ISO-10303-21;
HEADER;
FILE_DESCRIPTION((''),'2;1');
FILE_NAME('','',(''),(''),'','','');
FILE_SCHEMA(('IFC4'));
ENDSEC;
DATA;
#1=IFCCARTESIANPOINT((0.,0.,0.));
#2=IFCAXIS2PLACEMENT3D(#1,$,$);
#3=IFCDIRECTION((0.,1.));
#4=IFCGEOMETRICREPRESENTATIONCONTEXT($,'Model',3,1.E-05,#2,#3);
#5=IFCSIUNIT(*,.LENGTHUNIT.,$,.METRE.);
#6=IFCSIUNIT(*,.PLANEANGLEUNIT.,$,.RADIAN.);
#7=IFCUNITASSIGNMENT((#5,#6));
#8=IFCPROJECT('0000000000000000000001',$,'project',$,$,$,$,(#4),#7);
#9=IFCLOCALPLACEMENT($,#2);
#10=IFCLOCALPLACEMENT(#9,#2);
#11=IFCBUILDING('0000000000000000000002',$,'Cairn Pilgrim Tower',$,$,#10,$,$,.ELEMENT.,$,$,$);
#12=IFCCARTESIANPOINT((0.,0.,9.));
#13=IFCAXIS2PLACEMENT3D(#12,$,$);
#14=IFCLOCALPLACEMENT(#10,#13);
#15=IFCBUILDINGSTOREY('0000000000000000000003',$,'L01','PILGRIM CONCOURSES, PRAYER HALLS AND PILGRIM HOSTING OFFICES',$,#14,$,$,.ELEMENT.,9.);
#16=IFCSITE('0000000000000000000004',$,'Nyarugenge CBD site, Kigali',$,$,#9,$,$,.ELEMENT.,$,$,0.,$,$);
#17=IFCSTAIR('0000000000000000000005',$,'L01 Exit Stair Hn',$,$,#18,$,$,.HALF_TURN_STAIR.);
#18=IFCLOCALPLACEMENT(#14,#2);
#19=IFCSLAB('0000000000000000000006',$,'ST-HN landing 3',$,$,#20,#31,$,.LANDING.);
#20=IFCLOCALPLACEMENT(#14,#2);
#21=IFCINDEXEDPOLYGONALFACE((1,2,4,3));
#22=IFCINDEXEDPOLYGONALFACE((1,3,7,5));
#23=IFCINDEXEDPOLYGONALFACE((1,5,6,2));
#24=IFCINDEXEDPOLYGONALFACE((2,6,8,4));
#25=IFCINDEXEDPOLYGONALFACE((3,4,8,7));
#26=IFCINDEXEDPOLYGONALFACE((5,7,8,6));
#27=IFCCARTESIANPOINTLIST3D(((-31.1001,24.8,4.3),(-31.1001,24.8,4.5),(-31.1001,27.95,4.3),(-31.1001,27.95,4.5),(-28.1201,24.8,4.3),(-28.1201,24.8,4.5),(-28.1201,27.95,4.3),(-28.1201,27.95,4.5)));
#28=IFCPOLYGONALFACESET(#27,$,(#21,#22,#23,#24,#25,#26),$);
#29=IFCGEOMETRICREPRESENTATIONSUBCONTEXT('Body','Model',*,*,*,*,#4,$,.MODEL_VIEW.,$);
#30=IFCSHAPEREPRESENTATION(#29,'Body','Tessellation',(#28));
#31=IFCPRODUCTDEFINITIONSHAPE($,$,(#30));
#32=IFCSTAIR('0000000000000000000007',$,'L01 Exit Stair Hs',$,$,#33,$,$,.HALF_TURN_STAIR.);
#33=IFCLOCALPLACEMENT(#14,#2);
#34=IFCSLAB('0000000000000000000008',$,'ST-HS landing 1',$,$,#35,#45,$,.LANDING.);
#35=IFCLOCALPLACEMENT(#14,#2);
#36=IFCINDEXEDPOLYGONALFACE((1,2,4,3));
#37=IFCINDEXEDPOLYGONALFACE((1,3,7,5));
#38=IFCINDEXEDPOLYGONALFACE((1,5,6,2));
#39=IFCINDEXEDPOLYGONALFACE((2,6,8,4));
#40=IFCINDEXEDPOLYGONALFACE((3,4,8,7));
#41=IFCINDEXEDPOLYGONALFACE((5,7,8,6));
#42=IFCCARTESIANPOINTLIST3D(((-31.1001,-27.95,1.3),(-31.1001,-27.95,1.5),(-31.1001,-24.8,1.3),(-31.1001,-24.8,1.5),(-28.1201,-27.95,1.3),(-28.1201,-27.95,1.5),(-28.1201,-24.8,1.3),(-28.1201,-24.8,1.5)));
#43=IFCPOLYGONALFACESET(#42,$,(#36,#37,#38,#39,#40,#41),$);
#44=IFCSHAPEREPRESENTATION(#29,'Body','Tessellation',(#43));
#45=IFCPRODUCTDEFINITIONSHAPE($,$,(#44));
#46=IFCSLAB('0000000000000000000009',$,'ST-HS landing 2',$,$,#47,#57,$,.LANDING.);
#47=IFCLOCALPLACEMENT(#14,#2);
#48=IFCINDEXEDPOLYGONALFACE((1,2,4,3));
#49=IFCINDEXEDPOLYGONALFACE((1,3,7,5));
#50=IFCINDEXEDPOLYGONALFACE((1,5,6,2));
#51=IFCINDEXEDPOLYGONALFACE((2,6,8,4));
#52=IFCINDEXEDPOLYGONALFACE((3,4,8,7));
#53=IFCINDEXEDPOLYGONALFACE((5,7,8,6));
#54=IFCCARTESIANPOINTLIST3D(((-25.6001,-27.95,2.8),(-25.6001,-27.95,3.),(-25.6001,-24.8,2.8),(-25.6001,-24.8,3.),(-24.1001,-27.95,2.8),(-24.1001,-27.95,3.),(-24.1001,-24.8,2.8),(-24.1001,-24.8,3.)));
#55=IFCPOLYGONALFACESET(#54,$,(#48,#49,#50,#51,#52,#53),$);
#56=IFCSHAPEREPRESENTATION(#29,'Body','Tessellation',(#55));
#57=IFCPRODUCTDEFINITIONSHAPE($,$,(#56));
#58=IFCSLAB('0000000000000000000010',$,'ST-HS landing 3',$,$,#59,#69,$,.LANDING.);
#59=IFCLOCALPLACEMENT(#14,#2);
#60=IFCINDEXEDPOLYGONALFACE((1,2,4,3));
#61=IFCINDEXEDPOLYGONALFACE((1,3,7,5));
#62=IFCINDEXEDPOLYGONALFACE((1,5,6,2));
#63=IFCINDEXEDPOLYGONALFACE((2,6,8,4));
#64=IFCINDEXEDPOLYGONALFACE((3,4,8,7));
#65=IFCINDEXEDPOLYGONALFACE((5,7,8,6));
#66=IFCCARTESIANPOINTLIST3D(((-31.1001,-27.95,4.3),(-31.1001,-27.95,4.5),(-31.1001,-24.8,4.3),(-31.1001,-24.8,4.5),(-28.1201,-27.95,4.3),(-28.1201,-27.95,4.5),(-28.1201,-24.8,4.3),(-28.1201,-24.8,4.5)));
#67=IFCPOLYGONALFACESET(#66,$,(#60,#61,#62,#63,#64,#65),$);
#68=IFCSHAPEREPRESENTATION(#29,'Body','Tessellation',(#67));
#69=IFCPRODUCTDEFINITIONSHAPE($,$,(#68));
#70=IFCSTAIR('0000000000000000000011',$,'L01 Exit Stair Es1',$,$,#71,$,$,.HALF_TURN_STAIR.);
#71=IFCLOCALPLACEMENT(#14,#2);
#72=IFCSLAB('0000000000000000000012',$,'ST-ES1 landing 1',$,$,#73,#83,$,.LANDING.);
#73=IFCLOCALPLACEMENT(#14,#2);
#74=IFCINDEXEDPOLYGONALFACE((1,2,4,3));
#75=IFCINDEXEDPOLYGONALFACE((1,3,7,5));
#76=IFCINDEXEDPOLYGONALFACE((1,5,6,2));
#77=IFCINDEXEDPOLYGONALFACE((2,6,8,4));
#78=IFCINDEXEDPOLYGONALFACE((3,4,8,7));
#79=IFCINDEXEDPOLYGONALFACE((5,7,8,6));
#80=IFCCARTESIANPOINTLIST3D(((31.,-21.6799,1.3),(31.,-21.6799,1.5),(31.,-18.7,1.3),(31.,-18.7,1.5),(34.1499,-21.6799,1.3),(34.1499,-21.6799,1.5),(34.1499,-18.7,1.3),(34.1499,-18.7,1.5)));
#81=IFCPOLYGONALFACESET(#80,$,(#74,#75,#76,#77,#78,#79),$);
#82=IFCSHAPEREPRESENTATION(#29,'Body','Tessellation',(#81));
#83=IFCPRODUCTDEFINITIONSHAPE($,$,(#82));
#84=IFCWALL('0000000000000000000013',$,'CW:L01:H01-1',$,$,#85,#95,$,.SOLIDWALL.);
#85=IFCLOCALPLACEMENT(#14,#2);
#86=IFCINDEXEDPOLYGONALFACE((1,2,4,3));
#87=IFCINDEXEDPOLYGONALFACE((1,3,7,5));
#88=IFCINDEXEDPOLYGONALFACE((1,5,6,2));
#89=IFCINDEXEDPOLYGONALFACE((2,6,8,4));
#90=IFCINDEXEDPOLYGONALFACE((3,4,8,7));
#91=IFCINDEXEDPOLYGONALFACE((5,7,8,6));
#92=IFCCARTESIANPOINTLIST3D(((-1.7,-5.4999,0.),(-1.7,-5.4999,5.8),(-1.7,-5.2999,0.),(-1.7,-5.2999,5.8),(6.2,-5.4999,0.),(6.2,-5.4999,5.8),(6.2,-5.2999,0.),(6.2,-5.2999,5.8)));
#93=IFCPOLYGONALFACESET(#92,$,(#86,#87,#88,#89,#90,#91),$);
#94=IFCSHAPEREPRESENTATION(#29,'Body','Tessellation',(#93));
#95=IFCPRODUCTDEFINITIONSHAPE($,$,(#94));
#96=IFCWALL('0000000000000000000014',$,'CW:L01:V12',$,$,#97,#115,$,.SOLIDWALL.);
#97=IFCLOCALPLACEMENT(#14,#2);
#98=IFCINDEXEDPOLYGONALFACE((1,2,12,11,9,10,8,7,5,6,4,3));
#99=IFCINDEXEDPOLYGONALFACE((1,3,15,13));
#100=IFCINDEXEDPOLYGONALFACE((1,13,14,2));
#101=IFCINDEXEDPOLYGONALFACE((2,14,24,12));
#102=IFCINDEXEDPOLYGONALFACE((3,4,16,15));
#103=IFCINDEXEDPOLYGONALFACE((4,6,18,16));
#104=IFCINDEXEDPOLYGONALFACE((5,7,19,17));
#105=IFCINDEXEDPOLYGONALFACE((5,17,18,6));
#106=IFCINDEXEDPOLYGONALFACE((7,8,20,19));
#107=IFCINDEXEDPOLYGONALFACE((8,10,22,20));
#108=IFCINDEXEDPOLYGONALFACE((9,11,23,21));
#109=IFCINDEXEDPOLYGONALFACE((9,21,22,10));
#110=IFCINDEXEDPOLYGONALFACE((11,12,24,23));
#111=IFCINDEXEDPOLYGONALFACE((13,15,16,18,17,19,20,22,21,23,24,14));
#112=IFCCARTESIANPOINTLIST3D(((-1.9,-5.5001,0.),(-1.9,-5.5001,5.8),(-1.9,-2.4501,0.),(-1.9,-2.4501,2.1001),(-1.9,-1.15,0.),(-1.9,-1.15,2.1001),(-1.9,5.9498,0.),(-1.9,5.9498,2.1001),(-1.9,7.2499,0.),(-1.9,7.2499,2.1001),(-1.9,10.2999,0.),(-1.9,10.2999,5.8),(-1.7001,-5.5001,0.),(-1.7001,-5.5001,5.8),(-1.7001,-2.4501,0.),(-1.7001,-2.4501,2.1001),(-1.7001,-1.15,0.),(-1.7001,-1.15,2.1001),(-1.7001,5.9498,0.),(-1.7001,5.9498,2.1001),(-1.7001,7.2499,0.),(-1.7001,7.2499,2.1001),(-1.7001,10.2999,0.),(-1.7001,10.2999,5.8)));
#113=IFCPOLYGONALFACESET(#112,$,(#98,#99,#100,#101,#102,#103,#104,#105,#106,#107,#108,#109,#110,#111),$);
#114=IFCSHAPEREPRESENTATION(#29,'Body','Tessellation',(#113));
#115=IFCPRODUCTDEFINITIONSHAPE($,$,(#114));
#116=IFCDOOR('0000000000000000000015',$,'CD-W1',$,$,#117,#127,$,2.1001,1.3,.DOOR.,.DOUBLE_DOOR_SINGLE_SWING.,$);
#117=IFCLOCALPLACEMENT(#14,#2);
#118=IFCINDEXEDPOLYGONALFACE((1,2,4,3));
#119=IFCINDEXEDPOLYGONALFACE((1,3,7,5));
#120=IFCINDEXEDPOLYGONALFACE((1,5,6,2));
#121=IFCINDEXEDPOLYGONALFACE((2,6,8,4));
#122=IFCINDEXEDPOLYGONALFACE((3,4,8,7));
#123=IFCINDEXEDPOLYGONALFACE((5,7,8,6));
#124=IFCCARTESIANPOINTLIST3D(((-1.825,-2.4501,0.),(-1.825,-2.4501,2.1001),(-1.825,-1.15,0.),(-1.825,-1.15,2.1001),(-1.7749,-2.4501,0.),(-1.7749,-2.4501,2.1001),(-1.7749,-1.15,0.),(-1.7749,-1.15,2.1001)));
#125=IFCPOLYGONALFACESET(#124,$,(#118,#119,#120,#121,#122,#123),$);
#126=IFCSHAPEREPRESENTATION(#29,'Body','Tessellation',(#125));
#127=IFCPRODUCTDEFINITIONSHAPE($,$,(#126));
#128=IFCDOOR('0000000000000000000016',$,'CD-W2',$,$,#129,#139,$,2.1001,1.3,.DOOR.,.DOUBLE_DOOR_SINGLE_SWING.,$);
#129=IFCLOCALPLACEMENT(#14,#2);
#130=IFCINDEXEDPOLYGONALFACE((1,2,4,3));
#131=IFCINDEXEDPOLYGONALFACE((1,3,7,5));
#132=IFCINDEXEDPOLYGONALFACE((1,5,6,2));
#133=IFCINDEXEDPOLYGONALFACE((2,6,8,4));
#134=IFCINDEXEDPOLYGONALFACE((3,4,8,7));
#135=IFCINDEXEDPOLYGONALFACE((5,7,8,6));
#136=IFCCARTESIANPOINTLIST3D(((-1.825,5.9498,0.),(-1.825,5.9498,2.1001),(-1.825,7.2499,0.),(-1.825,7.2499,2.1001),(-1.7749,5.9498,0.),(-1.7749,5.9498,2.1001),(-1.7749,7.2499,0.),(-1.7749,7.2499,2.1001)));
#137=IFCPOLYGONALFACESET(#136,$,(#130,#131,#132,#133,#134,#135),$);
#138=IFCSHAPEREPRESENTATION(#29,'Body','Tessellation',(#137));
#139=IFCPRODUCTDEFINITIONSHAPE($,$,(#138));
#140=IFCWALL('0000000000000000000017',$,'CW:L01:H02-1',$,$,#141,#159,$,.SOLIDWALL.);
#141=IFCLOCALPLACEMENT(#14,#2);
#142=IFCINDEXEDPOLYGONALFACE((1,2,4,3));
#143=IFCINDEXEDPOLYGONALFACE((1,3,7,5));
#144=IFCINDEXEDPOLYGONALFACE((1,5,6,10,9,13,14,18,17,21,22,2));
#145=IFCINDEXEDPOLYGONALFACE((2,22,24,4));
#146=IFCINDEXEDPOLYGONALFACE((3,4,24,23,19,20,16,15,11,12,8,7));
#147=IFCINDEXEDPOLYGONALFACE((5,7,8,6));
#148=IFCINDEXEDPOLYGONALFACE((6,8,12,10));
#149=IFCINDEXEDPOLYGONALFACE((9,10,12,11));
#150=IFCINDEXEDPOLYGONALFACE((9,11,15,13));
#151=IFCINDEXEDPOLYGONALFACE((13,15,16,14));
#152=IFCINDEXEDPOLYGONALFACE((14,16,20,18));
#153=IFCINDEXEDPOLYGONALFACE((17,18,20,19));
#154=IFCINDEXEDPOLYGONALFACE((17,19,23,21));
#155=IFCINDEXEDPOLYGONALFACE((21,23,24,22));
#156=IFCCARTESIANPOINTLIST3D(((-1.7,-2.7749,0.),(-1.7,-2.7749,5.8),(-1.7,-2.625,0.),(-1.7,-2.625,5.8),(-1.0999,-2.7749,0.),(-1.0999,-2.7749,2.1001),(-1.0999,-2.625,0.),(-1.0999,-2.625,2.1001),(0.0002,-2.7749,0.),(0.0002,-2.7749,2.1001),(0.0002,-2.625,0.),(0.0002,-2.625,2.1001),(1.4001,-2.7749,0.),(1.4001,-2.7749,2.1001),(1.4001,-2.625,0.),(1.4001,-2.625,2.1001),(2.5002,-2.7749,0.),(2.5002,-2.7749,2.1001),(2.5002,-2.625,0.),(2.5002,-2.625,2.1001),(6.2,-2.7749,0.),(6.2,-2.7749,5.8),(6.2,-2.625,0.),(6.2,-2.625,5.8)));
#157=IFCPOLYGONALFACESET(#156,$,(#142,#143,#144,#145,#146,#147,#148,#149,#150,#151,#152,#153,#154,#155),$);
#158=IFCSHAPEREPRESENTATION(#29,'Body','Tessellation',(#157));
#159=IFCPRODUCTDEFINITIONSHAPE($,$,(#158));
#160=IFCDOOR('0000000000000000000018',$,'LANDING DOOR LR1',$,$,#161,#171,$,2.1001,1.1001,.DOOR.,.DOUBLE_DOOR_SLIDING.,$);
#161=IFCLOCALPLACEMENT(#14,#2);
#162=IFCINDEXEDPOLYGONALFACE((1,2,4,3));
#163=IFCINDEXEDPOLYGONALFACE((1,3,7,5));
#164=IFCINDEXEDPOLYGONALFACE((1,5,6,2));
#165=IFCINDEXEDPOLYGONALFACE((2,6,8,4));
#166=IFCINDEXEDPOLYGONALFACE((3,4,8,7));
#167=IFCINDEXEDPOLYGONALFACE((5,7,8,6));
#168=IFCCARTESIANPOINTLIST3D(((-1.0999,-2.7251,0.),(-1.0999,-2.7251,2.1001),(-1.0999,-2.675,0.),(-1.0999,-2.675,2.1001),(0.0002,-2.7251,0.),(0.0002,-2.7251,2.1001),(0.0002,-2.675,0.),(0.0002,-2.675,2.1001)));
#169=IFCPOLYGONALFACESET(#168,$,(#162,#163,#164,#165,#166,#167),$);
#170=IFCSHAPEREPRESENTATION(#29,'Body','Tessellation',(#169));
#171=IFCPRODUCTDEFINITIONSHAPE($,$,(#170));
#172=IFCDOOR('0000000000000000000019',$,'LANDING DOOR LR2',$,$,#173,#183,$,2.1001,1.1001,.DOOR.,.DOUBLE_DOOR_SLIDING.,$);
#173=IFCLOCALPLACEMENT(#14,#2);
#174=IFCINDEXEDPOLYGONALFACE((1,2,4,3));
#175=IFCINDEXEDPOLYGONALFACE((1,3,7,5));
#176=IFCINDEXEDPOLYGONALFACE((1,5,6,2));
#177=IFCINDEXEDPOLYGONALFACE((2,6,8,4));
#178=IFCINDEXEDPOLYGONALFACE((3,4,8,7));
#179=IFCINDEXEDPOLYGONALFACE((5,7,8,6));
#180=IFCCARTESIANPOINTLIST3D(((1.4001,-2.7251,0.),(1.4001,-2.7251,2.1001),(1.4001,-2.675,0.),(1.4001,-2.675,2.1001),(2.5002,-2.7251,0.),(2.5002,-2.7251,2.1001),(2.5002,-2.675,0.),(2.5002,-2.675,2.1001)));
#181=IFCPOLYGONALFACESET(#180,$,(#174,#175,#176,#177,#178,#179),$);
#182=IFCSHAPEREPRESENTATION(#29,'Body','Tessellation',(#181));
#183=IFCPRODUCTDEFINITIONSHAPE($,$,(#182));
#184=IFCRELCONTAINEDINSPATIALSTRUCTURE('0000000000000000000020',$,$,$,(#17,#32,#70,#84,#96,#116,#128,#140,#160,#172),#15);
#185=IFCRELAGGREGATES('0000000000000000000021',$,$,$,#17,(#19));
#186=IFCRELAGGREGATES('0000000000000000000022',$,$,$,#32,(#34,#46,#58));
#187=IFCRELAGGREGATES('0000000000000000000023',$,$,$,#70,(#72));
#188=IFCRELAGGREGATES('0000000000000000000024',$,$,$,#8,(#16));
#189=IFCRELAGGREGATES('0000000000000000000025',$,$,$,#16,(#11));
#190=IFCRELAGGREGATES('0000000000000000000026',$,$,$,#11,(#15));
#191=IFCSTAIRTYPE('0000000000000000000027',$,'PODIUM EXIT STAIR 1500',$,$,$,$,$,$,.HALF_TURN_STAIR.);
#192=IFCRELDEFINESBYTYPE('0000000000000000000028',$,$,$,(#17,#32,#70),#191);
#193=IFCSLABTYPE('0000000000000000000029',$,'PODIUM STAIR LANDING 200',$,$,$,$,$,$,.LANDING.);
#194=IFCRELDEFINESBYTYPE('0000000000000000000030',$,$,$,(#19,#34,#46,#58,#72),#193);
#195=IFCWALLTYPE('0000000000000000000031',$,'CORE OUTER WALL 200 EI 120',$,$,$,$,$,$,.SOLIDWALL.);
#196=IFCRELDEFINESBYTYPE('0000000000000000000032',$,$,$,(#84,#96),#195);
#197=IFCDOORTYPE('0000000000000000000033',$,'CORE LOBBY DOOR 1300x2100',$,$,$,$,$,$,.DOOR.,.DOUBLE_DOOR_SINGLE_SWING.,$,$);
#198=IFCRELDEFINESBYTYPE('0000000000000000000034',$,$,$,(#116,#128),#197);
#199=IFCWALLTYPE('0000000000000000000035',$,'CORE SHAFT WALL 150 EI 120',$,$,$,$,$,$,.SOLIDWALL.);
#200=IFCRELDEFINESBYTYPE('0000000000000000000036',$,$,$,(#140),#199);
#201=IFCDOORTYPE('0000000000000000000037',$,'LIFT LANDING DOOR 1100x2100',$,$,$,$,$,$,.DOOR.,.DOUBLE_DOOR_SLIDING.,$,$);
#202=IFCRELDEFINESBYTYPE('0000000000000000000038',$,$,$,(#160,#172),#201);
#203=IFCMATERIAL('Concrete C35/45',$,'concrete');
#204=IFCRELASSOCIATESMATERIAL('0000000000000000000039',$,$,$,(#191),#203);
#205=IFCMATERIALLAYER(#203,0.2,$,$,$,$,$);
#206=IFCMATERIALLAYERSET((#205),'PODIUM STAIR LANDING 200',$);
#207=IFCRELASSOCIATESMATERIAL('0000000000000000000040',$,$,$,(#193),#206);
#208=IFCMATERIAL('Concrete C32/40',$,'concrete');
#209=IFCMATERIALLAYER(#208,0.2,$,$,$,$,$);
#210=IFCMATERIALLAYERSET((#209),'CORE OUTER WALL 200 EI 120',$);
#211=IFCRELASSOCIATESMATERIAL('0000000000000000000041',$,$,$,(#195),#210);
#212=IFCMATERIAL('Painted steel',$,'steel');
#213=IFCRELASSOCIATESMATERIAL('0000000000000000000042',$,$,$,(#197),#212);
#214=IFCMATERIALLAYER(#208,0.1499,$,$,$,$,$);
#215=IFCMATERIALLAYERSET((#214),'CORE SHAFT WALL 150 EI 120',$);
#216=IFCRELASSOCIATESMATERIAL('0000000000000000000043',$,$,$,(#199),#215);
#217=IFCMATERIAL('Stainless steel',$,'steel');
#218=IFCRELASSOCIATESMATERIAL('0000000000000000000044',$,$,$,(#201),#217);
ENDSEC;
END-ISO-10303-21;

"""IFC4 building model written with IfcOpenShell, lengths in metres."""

from ifc_helpers import new_model, si_unit, direction, frame, frame_2d, origin, place, context, subcontext, project, spatial, polyline, rectangle, outline, extrude, material, layer, layer_set, type_object, element, fill, aggregate, save


model = new_model("IFC4")

# Units and contexts
model_context = context("Model", 3, precision=1e-05, world=origin(), true_north=direction((0.0, 1.0)))
body_context = subcontext(model_context, "Body", "Model", "MODEL_VIEW")
ifc_project = project(units=[si_unit("LENGTHUNIT", "METRE"), si_unit("PLANEANGLEUNIT", "RADIAN")], contexts=[model_context])

# Site, building, storey
site_placement = place(None, origin())
site = spatial("IfcSite", under=ifc_project, at=site_placement, Name="Nyarugenge CBD site, Kigali", CompositionType="ELEMENT", RefElevation=0.0)
building_placement = place(site_placement, origin())
building = spatial("IfcBuilding", under=site, at=building_placement, Name="Cairn Pilgrim Tower", CompositionType="ELEMENT")
storey_placement = place(building_placement, frame((0.0, 0.0, 9.0)))
storey = spatial("IfcBuildingStorey", under=building, at=storey_placement, Name="L01", Description="PILGRIM CONCOURSES, PRAYER HALLS AND PILGRIM HOSTING OFFICES", CompositionType="ELEMENT", Elevation=9.0)

# Shared definitions
ifc_material_1 = material(Name="Concrete C35/45", Category="concrete")

# Stairs, slabs
stair_type = type_object("IfcStairType", Name="PODIUM EXIT STAIR 1500", PredefinedType="HALF_TURN_STAIR", material=ifc_material_1)
stair_1_placement = place(storey_placement, origin())
stair_1 = element("IfcStair", 1, at=stair_1_placement, inside=storey, type_object=stair_type, Name="L01 Exit Stair Hn", PredefinedType="HALF_TURN_STAIR")
ifc_layer_1 = layer(ifc_material_1, 0.2)
ifc_layer_set_1 = layer_set([ifc_layer_1], Name="PODIUM STAIR LANDING 200")
slab_type_1 = type_object("IfcSlabType", Name="PODIUM STAIR LANDING 200", PredefinedType="LANDING", material=ifc_layer_set_1)
slab_1_placement = place(storey_placement, frame((0.0, 0.0, 4.3)))
slab_1 = element("IfcSlab", 2, at=slab_1_placement, type_object=slab_type_1, Name="ST-HN landing 3", PredefinedType="LANDING", context=body_context, shape_type="SweptSolid", body=[
    extrude(outline(polyline([(-28.1201, 27.95), (-31.1001, 27.95), (-31.1001, 24.8), (-28.1201, 24.8), (-28.1201, 27.95)])), origin(), (0.0, 0.0, 1.0), 0.2),
])
aggregate(stair_1, [slab_1])
stair_2_placement = place(storey_placement, origin())
stair_2 = element("IfcStair", 3, at=stair_2_placement, inside=storey, type_object=stair_type, Name="L01 Exit Stair Hs", PredefinedType="HALF_TURN_STAIR")
slab_2_placement = place(storey_placement, frame((0.0, 0.0, 1.3)))
slab_2 = element("IfcSlab", 4, at=slab_2_placement, type_object=slab_type_1, Name="ST-HS landing 1", PredefinedType="LANDING", context=body_context, shape_type="SweptSolid", body=[
    extrude(outline(polyline([(-28.1201, -24.8), (-31.1001, -24.8), (-31.1001, -27.95), (-28.1201, -27.95), (-28.1201, -24.8)])), origin(), (0.0, 0.0, 1.0), 0.2),
])
slab_3_placement = place(storey_placement, frame((0.0, 0.0, 2.8)))
slab_3 = element("IfcSlab", 5, at=slab_3_placement, type_object=slab_type_1, Name="ST-HS landing 2", PredefinedType="LANDING", context=body_context, shape_type="SweptSolid", body=[
    extrude(outline(polyline([(-24.1001, -24.8), (-25.6001, -24.8), (-25.6001, -27.95), (-24.1001, -27.95), (-24.1001, -24.8)])), origin(), (0.0, 0.0, 1.0), 0.2),
])
slab_4_placement = place(storey_placement, frame((0.0, 0.0, 4.3)))
slab_4 = element("IfcSlab", 6, at=slab_4_placement, type_object=slab_type_1, Name="ST-HS landing 3", PredefinedType="LANDING", context=body_context, shape_type="SweptSolid", body=[
    extrude(outline(polyline([(-28.1201, -24.8), (-31.1001, -24.8), (-31.1001, -27.95), (-28.1201, -27.95), (-28.1201, -24.8)])), origin(), (0.0, 0.0, 1.0), 0.2),
])
aggregate(stair_2, [slab_2, slab_3, slab_4])

# Stair, slab
stair_3_placement = place(storey_placement, origin())
stair_3 = element("IfcStair", 7, at=stair_3_placement, inside=storey, type_object=stair_type, Name="L01 Exit Stair Es1", PredefinedType="HALF_TURN_STAIR")
slab_5_placement = place(storey_placement, frame((0.0, 0.0, 1.3)))
slab_5 = element("IfcSlab", 8, at=slab_5_placement, type_object=slab_type_1, Name="ST-ES1 landing 1", PredefinedType="LANDING", context=body_context, shape_type="SweptSolid", body=[
    extrude(outline(polyline([(34.1499, -21.6799), (34.1499, -18.7), (31.0, -18.7), (31.0, -21.6799), (34.1499, -21.6799)])), origin(), (0.0, 0.0, 1.0), 0.2),
])
aggregate(stair_3, [slab_5])

# Wall
ifc_material_2 = material(Name="Concrete C32/40", Category="concrete")
ifc_layer_2 = layer(ifc_material_2, 0.2)
ifc_layer_set_2 = layer_set([ifc_layer_2], Name="CORE OUTER WALL 200 EI 120")
wall_type_1 = type_object("IfcWallType", Name="CORE OUTER WALL 200 EI 120", PredefinedType="SOLIDWALL", material=ifc_layer_set_2)
wall_1_placement = place(storey_placement, frame((-1.7, -5.3999, 0.0), z_axis=(0.0, 0.0, 1.0), x_axis=(1.0, 0.0, 0.0)))
element("IfcWall", 9, at=wall_1_placement, inside=storey, type_object=wall_type_1, Name="CW:L01:H01-1", PredefinedType="SOLIDWALL", context=body_context, shape_type="SweptSolid", body=[
    extrude(rectangle(XDim=7.8999, YDim=0.2, at=frame_2d((3.95, 0.0))), origin(), (0.0, 0.0, 1.0), 5.8),
])

# Walls, openings, doors
wall_2_placement = place(storey_placement, frame((-1.8, -5.5, 0.0), z_axis=(0.0, 0.0, 1.0), x_axis=(0.0, 1.0, 0.0)))
wall_2 = element("IfcWall", 10, at=wall_2_placement, inside=storey, type_object=wall_type_1, Name="CW:L01:V12", PredefinedType="SOLIDWALL", context=body_context, shape_type="SweptSolid", body=[
    extrude(rectangle(XDim=15.8, YDim=0.2, at=frame_2d((7.8999, 0.0))), origin(), (0.0, 0.0, 1.0), 5.8),
])
opening_1_placement = place(wall_2_placement, frame((3.05, 0.0, 0.0)))
opening_1 = element("IfcOpeningElement", 11, at=opening_1_placement, cuts=wall_2, PredefinedType="OPENING", context=body_context, shape_type="SweptSolid", body=[
    extrude(rectangle(XDim=1.3, YDim=2.1001, at=frame_2d((0.6499, 1.05))), frame((0.0, 0.1099, 0.0), z_axis=(0.0, -1.0, 0.0), x_axis=(1.0, 0.0, 0.0)), (0.0, 0.0, 1.0), 0.22),
])
opening_2_placement = place(wall_2_placement, frame((11.45, 0.0, 0.0)))
opening_2 = element("IfcOpeningElement", 12, at=opening_2_placement, cuts=wall_2, PredefinedType="OPENING", context=body_context, shape_type="SweptSolid", body=[
    extrude(rectangle(XDim=1.3, YDim=2.1001, at=frame_2d((0.6499, 1.05))), frame((0.0, 0.1099, 0.0), z_axis=(0.0, -1.0, 0.0), x_axis=(1.0, 0.0, 0.0)), (0.0, 0.0, 1.0), 0.22),
])
ifc_material_3 = material(Name="Painted steel", Category="steel")
door_type_1 = type_object("IfcDoorType", Name="CORE LOBBY DOOR 1300x2100", OperationType="DOUBLE_DOOR_SINGLE_SWING", PredefinedType="DOOR", material=ifc_material_3)
door_1_placement = place(opening_1_placement, origin())
door_1 = element("IfcDoor", 13, at=door_1_placement, inside=storey, type_object=door_type_1, Name="CD-W1", OperationType="DOUBLE_DOOR_SINGLE_SWING", OverallHeight=2.1001, OverallWidth=1.3, PredefinedType="DOOR", context=body_context, shape_type="SweptSolid", body=[
    extrude(rectangle(XDim=1.3, YDim=2.1001, at=frame_2d((0.6499, 1.05))), frame((0.0, 0.0249, 0.0), z_axis=(0.0, -1.0, 0.0), x_axis=(1.0, 0.0, 0.0)), (0.0, 0.0, 1.0), 0.05),
])
fill(opening_1, door_1)
door_2_placement = place(opening_2_placement, origin())
door_2 = element("IfcDoor", 14, at=door_2_placement, inside=storey, type_object=door_type_1, Name="CD-W2", OperationType="DOUBLE_DOOR_SINGLE_SWING", OverallHeight=2.1001, OverallWidth=1.3, PredefinedType="DOOR", context=body_context, shape_type="SweptSolid", body=[
    extrude(rectangle(XDim=1.3, YDim=2.1001, at=frame_2d((0.6499, 1.05))), frame((0.0, 0.0249, 0.0), z_axis=(0.0, -1.0, 0.0), x_axis=(1.0, 0.0, 0.0)), (0.0, 0.0, 1.0), 0.05),
])
fill(opening_2, door_2)
ifc_layer_3 = layer(ifc_material_2, 0.1499)
ifc_layer_set_3 = layer_set([ifc_layer_3], Name="CORE SHAFT WALL 150 EI 120")
wall_type_2 = type_object("IfcWallType", Name="CORE SHAFT WALL 150 EI 120", PredefinedType="SOLIDWALL", material=ifc_layer_set_3)
wall_3_placement = place(storey_placement, frame((-1.7, -2.7, 0.0), z_axis=(0.0, 0.0, 1.0), x_axis=(1.0, 0.0, 0.0)))
wall_3 = element("IfcWall", 15, at=wall_3_placement, inside=storey, type_object=wall_type_2, Name="CW:L01:H02-1", PredefinedType="SOLIDWALL", context=body_context, shape_type="SweptSolid", body=[
    extrude(rectangle(XDim=7.8999, YDim=0.1499, at=frame_2d((3.95, 0.0))), origin(), (0.0, 0.0, 1.0), 5.8),
])
opening_3_placement = place(wall_3_placement, frame((0.6001, 0.0, 0.0)))
opening_3 = element("IfcOpeningElement", 16, at=opening_3_placement, cuts=wall_3, PredefinedType="OPENING", context=body_context, shape_type="SweptSolid", body=[
    extrude(rectangle(XDim=1.1001, YDim=2.1001, at=frame_2d((0.55, 1.05))), frame((0.0, 0.085, 0.0), z_axis=(0.0, -1.0, 0.0), x_axis=(1.0, 0.0, 0.0)), (0.0, 0.0, 1.0), 0.1699),
])
opening_4_placement = place(wall_3_placement, frame((3.1001, 0.0, 0.0)))
opening_4 = element("IfcOpeningElement", 17, at=opening_4_placement, cuts=wall_3, PredefinedType="OPENING", context=body_context, shape_type="SweptSolid", body=[
    extrude(rectangle(XDim=1.1001, YDim=2.1001, at=frame_2d((0.55, 1.05))), frame((0.0, 0.085, 0.0), z_axis=(0.0, -1.0, 0.0), x_axis=(1.0, 0.0, 0.0)), (0.0, 0.0, 1.0), 0.1699),
])
ifc_material_4 = material(Name="Stainless steel", Category="steel")
door_type_2 = type_object("IfcDoorType", Name="LIFT LANDING DOOR 1100x2100", OperationType="DOUBLE_DOOR_SLIDING", PredefinedType="DOOR", material=ifc_material_4)
door_3_placement = place(opening_3_placement, origin())
door_3 = element("IfcDoor", 18, at=door_3_placement, inside=storey, type_object=door_type_2, Name="LANDING DOOR LR1", OperationType="DOUBLE_DOOR_SLIDING", OverallHeight=2.1001, OverallWidth=1.1001, PredefinedType="DOOR", context=body_context, shape_type="SweptSolid", body=[
    extrude(rectangle(XDim=1.1001, YDim=2.1001, at=frame_2d((0.55, 1.05))), frame((0.0, 0.0249, 0.0), z_axis=(0.0, -1.0, 0.0), x_axis=(1.0, 0.0, 0.0)), (0.0, 0.0, 1.0), 0.05),
])
fill(opening_3, door_3)
door_4_placement = place(opening_4_placement, origin())
door_4 = element("IfcDoor", 19, at=door_4_placement, inside=storey, type_object=door_type_2, Name="LANDING DOOR LR2", OperationType="DOUBLE_DOOR_SLIDING", OverallHeight=2.1001, OverallWidth=1.1001, PredefinedType="DOOR", context=body_context, shape_type="SweptSolid", body=[
    extrude(rectangle(XDim=1.1001, YDim=2.1001, at=frame_2d((0.55, 1.05))), frame((0.0, 0.0249, 0.0), z_axis=(0.0, -1.0, 0.0), x_axis=(1.0, 0.0, 0.0)), (0.0, 0.0, 1.0), 0.05),
])
fill(opening_4, door_4)

save(model, "model.ifc")
